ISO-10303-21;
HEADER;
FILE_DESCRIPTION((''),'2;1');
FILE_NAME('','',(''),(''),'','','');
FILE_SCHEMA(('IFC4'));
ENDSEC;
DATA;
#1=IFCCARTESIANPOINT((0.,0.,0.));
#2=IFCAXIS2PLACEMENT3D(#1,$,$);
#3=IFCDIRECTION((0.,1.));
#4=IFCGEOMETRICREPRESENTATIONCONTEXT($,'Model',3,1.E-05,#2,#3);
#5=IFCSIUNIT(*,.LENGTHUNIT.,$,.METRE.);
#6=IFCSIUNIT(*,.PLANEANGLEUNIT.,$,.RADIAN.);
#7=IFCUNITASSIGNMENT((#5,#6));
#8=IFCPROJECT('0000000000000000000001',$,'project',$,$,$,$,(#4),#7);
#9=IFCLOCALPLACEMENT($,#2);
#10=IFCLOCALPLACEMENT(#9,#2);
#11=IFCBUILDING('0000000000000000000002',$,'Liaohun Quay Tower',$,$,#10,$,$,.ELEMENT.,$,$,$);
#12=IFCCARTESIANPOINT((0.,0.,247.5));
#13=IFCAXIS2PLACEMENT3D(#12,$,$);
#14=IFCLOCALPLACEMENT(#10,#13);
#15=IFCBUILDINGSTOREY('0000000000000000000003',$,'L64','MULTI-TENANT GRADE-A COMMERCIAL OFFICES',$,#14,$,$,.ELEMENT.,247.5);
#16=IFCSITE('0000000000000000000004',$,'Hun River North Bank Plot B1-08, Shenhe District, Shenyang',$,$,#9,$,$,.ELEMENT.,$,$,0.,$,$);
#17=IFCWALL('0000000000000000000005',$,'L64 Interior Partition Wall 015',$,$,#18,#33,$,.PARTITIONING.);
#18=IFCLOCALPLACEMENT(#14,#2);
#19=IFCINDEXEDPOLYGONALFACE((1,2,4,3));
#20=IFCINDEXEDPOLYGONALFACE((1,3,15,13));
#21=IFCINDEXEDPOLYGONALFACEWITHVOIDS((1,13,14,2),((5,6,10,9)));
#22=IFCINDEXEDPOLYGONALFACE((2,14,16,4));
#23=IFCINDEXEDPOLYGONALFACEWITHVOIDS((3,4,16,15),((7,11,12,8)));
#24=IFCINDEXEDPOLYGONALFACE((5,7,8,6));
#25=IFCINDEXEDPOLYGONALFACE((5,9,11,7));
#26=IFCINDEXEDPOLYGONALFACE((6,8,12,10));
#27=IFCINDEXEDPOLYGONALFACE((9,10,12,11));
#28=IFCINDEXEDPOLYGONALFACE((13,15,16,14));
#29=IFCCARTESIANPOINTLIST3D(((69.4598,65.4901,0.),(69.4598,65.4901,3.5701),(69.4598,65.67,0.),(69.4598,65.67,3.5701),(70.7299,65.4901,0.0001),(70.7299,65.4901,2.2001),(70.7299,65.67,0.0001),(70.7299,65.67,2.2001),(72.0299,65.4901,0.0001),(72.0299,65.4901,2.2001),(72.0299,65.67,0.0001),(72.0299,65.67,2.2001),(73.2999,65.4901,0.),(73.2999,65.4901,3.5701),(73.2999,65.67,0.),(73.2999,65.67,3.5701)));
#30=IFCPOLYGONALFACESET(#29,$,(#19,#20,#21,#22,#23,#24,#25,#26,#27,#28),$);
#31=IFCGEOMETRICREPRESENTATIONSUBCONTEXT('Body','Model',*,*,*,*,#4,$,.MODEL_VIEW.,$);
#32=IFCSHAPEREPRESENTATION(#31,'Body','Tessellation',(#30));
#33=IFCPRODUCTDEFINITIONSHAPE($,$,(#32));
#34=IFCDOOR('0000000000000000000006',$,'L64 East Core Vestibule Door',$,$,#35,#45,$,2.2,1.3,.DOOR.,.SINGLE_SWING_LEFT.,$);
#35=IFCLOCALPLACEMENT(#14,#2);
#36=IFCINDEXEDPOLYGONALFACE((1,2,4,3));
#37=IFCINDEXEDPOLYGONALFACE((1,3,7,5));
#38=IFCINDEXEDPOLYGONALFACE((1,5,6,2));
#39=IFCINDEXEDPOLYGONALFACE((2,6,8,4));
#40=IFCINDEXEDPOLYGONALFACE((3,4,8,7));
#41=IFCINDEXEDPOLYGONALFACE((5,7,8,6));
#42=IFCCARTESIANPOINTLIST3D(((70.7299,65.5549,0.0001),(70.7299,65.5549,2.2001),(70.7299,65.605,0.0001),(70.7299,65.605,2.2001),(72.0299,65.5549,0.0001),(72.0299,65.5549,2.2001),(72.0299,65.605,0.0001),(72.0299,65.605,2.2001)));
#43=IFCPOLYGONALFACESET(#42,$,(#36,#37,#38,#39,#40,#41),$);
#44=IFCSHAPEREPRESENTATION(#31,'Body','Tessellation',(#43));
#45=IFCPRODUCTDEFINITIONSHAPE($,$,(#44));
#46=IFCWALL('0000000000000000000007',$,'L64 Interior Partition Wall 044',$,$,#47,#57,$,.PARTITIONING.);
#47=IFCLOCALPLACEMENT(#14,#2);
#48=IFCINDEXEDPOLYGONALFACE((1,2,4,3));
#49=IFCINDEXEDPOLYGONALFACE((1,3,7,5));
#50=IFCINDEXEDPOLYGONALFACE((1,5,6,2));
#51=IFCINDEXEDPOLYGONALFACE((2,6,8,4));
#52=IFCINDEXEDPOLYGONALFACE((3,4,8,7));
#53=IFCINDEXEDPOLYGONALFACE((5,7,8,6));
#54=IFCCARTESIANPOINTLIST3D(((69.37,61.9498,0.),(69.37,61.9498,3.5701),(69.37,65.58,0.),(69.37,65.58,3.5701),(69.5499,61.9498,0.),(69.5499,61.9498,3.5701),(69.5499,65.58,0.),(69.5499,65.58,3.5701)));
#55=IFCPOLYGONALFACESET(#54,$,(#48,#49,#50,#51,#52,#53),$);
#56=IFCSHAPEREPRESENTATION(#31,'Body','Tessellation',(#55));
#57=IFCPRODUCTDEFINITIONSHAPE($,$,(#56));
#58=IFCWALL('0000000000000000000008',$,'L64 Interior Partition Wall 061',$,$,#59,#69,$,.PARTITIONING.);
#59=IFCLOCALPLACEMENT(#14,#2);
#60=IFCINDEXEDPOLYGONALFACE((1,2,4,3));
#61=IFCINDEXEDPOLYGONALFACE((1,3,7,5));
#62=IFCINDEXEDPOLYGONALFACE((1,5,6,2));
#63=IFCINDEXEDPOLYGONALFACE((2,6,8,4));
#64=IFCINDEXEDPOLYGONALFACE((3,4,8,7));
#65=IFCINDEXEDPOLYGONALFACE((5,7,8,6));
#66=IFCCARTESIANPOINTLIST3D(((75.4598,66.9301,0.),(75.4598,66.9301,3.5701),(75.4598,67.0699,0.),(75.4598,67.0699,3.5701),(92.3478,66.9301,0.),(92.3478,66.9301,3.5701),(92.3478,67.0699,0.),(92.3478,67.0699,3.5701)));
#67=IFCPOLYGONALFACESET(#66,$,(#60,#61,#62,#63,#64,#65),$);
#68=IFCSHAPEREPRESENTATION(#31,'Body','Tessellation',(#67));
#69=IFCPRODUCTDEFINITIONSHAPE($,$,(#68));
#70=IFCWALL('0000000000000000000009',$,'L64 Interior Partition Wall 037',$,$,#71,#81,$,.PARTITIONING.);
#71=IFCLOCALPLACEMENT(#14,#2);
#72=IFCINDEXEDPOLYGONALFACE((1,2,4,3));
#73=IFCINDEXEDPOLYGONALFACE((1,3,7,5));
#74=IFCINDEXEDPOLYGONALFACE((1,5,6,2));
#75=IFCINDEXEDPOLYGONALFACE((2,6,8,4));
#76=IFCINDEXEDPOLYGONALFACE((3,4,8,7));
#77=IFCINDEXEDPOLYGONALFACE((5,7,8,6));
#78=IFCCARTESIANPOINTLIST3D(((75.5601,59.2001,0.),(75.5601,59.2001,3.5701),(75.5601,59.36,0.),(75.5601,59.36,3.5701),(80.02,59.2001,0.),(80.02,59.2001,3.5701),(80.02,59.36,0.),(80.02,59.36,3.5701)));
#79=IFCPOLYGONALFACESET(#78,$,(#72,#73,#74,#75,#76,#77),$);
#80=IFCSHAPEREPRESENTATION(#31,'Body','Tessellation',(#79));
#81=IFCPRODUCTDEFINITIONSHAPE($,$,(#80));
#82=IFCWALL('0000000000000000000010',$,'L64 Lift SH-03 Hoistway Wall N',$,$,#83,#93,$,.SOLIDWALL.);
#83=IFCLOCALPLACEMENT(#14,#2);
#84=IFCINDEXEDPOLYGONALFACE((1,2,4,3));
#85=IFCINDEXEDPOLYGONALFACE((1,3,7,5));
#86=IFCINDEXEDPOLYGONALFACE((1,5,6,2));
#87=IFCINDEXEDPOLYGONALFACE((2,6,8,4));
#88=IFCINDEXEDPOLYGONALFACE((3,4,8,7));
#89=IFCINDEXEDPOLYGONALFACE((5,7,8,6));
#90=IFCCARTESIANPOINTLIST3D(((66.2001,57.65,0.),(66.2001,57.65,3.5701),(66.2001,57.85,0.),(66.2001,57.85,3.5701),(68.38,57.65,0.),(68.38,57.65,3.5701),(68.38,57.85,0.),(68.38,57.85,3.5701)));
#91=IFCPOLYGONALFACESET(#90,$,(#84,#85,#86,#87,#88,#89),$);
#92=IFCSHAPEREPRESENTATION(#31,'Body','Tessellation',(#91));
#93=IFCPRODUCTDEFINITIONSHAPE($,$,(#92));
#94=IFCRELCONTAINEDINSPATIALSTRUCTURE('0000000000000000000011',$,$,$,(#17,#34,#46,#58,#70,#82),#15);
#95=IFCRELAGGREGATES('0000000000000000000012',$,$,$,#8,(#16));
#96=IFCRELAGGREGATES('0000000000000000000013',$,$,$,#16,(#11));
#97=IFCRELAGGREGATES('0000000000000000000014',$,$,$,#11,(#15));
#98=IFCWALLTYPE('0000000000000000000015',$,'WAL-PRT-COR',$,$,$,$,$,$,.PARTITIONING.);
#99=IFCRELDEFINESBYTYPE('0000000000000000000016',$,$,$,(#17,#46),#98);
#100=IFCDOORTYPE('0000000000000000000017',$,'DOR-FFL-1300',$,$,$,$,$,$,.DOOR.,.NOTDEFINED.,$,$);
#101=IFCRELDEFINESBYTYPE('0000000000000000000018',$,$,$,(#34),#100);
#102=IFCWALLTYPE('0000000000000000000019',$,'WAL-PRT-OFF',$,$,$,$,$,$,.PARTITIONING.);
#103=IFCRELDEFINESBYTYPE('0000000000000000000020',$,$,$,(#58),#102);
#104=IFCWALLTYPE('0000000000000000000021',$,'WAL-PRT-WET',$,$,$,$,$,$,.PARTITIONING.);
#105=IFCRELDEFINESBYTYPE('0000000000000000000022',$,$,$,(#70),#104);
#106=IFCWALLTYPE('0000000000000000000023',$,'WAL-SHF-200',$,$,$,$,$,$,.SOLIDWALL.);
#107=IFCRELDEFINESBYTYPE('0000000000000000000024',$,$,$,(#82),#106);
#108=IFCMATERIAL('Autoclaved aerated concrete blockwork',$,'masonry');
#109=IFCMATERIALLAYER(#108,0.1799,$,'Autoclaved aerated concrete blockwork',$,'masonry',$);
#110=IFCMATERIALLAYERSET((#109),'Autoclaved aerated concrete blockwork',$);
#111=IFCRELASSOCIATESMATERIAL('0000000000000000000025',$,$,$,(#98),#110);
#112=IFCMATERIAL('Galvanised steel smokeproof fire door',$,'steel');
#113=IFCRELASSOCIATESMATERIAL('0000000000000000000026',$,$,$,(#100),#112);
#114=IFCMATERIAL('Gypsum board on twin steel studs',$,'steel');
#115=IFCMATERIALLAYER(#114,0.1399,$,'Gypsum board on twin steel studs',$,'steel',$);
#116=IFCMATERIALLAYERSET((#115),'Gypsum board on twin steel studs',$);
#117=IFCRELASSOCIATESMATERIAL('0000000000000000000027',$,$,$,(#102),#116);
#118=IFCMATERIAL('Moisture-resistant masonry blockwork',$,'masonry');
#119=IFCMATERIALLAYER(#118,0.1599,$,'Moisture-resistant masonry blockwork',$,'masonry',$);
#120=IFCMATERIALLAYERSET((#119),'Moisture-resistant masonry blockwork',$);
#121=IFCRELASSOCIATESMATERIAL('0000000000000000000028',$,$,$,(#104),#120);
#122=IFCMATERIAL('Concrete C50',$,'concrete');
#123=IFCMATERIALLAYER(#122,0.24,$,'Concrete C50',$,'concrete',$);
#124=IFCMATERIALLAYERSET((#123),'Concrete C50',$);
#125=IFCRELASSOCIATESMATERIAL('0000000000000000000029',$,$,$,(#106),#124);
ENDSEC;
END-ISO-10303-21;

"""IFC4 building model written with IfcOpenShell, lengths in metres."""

from ifc_helpers import new_model, si_unit, direction, frame, frame_2d, origin, place, context, subcontext, project, spatial, rectangle, extrude, source, transform, mapped, material, layer, layer_set, type_object, element, fill, save


model = new_model("IFC4")

# Units and contexts
model_context = context("Model", 3, precision=1e-05, world=origin(), true_north=direction((0.0, 1.0)))
body_context = subcontext(model_context, "Body", "Model", "MODEL_VIEW")
ifc_project = project(units=[si_unit("LENGTHUNIT", "METRE"), si_unit("PLANEANGLEUNIT", "RADIAN")], contexts=[model_context])

# Site, building, storey
site_placement = place(None, origin())
site = spatial("IfcSite", under=ifc_project, at=site_placement, Name="Hun River North Bank Plot B1-08, Shenhe District, Shenyang", CompositionType="ELEMENT", RefElevation=0.0)
building_placement = place(site_placement, origin())
building = spatial("IfcBuilding", under=site, at=building_placement, Name="Liaohun Quay Tower", CompositionType="ELEMENT")
storey_placement = place(building_placement, frame((0.0, 0.0, 247.5)))
storey = spatial("IfcBuildingStorey", under=building, at=storey_placement, Name="L64", Description="MULTI-TENANT GRADE-A COMMERCIAL OFFICES", CompositionType="ELEMENT", Elevation=247.5)

# Wall, opening, door
ifc_material_1 = material(Name="Autoclaved aerated concrete blockwork", Category="masonry")
ifc_layer_1 = layer(ifc_material_1, 0.1799, Name="Autoclaved aerated concrete blockwork", Category="masonry")
ifc_layer_set_1 = layer_set([ifc_layer_1], Name="Autoclaved aerated concrete blockwork")
wall_type_1 = type_object("IfcWallType", Name="WAL-PRT-COR", PredefinedType="PARTITIONING", material=ifc_layer_set_1)
wall_1_placement = place(storey_placement, frame((69.46, 65.5801, 0.0), z_axis=(0.0, 0.0, 1.0), x_axis=(1.0, 0.0, 0.0)))
wall_1 = element("IfcWall", 1, at=wall_1_placement, inside=storey, type_object=wall_type_1, Name="L64 Interior Partition Wall 015", PredefinedType="PARTITIONING", context=body_context, shape_type="SweptSolid", body=[
    extrude(rectangle(XDim=3.8401, YDim=0.1799, at=frame_2d((1.9199, 0.0))), origin(), (0.0, 0.0, 1.0), 3.5701),
])
shared_shape_1 = source(origin(), body_context, "Body", "SweptSolid", [
    extrude(rectangle(XDim=1.3, YDim=2.2, at=frame_2d((0.6499, 1.1001))), frame((0.0, 0.0999, 0.0), z_axis=(0.0, -1.0, 0.0), x_axis=(1.0, 0.0, 0.0)), (0.0, 0.0, 1.0), 0.2),
])
opening_1_placement = place(wall_1_placement, frame((1.27, 0.0, 0.0)))
opening_1 = element("IfcOpeningElement", 2, at=opening_1_placement, cuts=wall_1, PredefinedType="OPENING", context=body_context, shape_type="MappedRepresentation", body=[
    mapped(shared_shape_1, transform((0.0, 0.0, 0.0), x_axis=(1.0, 0.0, 0.0), y_axis=(0.0, 1.0, 0.0), z_axis=(0.0, 0.0, 1.0), scale=1.0)),
])
ifc_material_2 = material(Name="Galvanised steel smokeproof fire door", Category="steel")
door_type_1 = type_object("IfcDoorType", Name="DOR-FFL-1300", OperationType="NOTDEFINED", PredefinedType="DOOR", material=ifc_material_2)
shared_shape_2 = source(origin(), body_context, "Body", "SweptSolid", [
    extrude(rectangle(XDim=1.3, YDim=2.2, at=frame_2d((0.6499, 1.1001))), frame((0.0, 0.0249, 0.0), z_axis=(0.0, -1.0, 0.0), x_axis=(1.0, 0.0, 0.0)), (0.0, 0.0, 1.0), 0.05),
])
door_1_placement = place(opening_1_placement, origin())
door_1 = element("IfcDoor", 3, at=door_1_placement, inside=storey, type_object=door_type_1, Name="L64 East Core Vestibule Door", OperationType="SINGLE_SWING_LEFT", OverallHeight=2.2, OverallWidth=1.3, PredefinedType="DOOR", context=body_context, shape_type="MappedRepresentation", body=[
    mapped(shared_shape_2, transform((0.0, 0.0, 0.0), x_axis=(1.0, 0.0, 0.0), y_axis=(0.0, 1.0, 0.0), z_axis=(0.0, 0.0, 1.0), scale=1.0)),
])
fill(opening_1, door_1)

# Walls
wall_2_placement = place(storey_placement, frame((69.46, 61.95, 0.0), z_axis=(0.0, 0.0, 1.0), x_axis=(0.0, 1.0, 0.0)))
element("IfcWall", 4, at=wall_2_placement, inside=storey, type_object=wall_type_1, Name="L64 Interior Partition Wall 044", PredefinedType="PARTITIONING", context=body_context, shape_type="SweptSolid", body=[
    extrude(rectangle(XDim=3.6301, YDim=0.1799, at=frame_2d((1.8149, 0.0))), origin(), (0.0, 0.0, 1.0), 3.5701),
])
ifc_material_3 = material(Name="Gypsum board on twin steel studs", Category="steel")
ifc_layer_2 = layer(ifc_material_3, 0.1399, Name="Gypsum board on twin steel studs", Category="steel")
ifc_layer_set_2 = layer_set([ifc_layer_2], Name="Gypsum board on twin steel studs")
wall_type_2 = type_object("IfcWallType", Name="WAL-PRT-OFF", PredefinedType="PARTITIONING", material=ifc_layer_set_2)
wall_3_placement = place(storey_placement, frame((75.46, 67.0, 0.0), z_axis=(0.0, 0.0, 1.0), x_axis=(1.0, 0.0, 0.0)))
element("IfcWall", 5, at=wall_3_placement, inside=storey, type_object=wall_type_2, Name="L64 Interior Partition Wall 061", PredefinedType="PARTITIONING", context=body_context, shape_type="SweptSolid", body=[
    extrude(rectangle(XDim=16.8879, YDim=0.1399, at=frame_2d((8.4438, 0.0))), origin(), (0.0, 0.0, 1.0), 3.5701),
])

# Shared definitions
ifc_material_4 = material(Name="Moisture-resistant masonry blockwork", Category="masonry")
ifc_layer_3 = layer(ifc_material_4, 0.1599, Name="Moisture-resistant masonry blockwork", Category="masonry")
ifc_layer_set_3 = layer_set([ifc_layer_3], Name="Moisture-resistant masonry blockwork")
wall_type_3 = type_object("IfcWallType", Name="WAL-PRT-WET", PredefinedType="PARTITIONING", material=ifc_layer_set_3)

# Walls
wall_4_placement = place(storey_placement, frame((75.5601, 59.28, 0.0), z_axis=(0.0, 0.0, 1.0), x_axis=(1.0, 0.0, 0.0)))
element("IfcWall", 6, at=wall_4_placement, inside=storey, type_object=wall_type_3, Name="L64 Interior Partition Wall 037", PredefinedType="PARTITIONING", context=body_context, shape_type="SweptSolid", body=[
    extrude(rectangle(XDim=4.46, YDim=0.1599, at=frame_2d((2.23, 0.0))), origin(), (0.0, 0.0, 1.0), 3.5701),
])
ifc_material_5 = material(Name="Concrete C50", Category="concrete")
ifc_layer_4 = layer(ifc_material_5, 0.24, Name="Concrete C50", Category="concrete")
ifc_layer_set_4 = layer_set([ifc_layer_4], Name="Concrete C50")
wall_type_4 = type_object("IfcWallType", Name="WAL-SHF-200", PredefinedType="SOLIDWALL", material=ifc_layer_set_4)
wall_5_placement = place(storey_placement, frame((68.3799, 57.75, 0.0), z_axis=(0.0, 0.0, 1.0), x_axis=(-1.0, 0.0, 0.0)))
element("IfcWall", 7, at=wall_5_placement, inside=storey, type_object=wall_type_4, Name="L64 Lift SH-03 Hoistway Wall N", PredefinedType="SOLIDWALL", context=body_context, shape_type="SweptSolid", body=[
    extrude(rectangle(XDim=2.1799, YDim=0.2, at=frame_2d((1.0898, 0.0))), origin(), (0.0, 0.0, 1.0), 3.5701),
])

save(model, "model.ifc")
